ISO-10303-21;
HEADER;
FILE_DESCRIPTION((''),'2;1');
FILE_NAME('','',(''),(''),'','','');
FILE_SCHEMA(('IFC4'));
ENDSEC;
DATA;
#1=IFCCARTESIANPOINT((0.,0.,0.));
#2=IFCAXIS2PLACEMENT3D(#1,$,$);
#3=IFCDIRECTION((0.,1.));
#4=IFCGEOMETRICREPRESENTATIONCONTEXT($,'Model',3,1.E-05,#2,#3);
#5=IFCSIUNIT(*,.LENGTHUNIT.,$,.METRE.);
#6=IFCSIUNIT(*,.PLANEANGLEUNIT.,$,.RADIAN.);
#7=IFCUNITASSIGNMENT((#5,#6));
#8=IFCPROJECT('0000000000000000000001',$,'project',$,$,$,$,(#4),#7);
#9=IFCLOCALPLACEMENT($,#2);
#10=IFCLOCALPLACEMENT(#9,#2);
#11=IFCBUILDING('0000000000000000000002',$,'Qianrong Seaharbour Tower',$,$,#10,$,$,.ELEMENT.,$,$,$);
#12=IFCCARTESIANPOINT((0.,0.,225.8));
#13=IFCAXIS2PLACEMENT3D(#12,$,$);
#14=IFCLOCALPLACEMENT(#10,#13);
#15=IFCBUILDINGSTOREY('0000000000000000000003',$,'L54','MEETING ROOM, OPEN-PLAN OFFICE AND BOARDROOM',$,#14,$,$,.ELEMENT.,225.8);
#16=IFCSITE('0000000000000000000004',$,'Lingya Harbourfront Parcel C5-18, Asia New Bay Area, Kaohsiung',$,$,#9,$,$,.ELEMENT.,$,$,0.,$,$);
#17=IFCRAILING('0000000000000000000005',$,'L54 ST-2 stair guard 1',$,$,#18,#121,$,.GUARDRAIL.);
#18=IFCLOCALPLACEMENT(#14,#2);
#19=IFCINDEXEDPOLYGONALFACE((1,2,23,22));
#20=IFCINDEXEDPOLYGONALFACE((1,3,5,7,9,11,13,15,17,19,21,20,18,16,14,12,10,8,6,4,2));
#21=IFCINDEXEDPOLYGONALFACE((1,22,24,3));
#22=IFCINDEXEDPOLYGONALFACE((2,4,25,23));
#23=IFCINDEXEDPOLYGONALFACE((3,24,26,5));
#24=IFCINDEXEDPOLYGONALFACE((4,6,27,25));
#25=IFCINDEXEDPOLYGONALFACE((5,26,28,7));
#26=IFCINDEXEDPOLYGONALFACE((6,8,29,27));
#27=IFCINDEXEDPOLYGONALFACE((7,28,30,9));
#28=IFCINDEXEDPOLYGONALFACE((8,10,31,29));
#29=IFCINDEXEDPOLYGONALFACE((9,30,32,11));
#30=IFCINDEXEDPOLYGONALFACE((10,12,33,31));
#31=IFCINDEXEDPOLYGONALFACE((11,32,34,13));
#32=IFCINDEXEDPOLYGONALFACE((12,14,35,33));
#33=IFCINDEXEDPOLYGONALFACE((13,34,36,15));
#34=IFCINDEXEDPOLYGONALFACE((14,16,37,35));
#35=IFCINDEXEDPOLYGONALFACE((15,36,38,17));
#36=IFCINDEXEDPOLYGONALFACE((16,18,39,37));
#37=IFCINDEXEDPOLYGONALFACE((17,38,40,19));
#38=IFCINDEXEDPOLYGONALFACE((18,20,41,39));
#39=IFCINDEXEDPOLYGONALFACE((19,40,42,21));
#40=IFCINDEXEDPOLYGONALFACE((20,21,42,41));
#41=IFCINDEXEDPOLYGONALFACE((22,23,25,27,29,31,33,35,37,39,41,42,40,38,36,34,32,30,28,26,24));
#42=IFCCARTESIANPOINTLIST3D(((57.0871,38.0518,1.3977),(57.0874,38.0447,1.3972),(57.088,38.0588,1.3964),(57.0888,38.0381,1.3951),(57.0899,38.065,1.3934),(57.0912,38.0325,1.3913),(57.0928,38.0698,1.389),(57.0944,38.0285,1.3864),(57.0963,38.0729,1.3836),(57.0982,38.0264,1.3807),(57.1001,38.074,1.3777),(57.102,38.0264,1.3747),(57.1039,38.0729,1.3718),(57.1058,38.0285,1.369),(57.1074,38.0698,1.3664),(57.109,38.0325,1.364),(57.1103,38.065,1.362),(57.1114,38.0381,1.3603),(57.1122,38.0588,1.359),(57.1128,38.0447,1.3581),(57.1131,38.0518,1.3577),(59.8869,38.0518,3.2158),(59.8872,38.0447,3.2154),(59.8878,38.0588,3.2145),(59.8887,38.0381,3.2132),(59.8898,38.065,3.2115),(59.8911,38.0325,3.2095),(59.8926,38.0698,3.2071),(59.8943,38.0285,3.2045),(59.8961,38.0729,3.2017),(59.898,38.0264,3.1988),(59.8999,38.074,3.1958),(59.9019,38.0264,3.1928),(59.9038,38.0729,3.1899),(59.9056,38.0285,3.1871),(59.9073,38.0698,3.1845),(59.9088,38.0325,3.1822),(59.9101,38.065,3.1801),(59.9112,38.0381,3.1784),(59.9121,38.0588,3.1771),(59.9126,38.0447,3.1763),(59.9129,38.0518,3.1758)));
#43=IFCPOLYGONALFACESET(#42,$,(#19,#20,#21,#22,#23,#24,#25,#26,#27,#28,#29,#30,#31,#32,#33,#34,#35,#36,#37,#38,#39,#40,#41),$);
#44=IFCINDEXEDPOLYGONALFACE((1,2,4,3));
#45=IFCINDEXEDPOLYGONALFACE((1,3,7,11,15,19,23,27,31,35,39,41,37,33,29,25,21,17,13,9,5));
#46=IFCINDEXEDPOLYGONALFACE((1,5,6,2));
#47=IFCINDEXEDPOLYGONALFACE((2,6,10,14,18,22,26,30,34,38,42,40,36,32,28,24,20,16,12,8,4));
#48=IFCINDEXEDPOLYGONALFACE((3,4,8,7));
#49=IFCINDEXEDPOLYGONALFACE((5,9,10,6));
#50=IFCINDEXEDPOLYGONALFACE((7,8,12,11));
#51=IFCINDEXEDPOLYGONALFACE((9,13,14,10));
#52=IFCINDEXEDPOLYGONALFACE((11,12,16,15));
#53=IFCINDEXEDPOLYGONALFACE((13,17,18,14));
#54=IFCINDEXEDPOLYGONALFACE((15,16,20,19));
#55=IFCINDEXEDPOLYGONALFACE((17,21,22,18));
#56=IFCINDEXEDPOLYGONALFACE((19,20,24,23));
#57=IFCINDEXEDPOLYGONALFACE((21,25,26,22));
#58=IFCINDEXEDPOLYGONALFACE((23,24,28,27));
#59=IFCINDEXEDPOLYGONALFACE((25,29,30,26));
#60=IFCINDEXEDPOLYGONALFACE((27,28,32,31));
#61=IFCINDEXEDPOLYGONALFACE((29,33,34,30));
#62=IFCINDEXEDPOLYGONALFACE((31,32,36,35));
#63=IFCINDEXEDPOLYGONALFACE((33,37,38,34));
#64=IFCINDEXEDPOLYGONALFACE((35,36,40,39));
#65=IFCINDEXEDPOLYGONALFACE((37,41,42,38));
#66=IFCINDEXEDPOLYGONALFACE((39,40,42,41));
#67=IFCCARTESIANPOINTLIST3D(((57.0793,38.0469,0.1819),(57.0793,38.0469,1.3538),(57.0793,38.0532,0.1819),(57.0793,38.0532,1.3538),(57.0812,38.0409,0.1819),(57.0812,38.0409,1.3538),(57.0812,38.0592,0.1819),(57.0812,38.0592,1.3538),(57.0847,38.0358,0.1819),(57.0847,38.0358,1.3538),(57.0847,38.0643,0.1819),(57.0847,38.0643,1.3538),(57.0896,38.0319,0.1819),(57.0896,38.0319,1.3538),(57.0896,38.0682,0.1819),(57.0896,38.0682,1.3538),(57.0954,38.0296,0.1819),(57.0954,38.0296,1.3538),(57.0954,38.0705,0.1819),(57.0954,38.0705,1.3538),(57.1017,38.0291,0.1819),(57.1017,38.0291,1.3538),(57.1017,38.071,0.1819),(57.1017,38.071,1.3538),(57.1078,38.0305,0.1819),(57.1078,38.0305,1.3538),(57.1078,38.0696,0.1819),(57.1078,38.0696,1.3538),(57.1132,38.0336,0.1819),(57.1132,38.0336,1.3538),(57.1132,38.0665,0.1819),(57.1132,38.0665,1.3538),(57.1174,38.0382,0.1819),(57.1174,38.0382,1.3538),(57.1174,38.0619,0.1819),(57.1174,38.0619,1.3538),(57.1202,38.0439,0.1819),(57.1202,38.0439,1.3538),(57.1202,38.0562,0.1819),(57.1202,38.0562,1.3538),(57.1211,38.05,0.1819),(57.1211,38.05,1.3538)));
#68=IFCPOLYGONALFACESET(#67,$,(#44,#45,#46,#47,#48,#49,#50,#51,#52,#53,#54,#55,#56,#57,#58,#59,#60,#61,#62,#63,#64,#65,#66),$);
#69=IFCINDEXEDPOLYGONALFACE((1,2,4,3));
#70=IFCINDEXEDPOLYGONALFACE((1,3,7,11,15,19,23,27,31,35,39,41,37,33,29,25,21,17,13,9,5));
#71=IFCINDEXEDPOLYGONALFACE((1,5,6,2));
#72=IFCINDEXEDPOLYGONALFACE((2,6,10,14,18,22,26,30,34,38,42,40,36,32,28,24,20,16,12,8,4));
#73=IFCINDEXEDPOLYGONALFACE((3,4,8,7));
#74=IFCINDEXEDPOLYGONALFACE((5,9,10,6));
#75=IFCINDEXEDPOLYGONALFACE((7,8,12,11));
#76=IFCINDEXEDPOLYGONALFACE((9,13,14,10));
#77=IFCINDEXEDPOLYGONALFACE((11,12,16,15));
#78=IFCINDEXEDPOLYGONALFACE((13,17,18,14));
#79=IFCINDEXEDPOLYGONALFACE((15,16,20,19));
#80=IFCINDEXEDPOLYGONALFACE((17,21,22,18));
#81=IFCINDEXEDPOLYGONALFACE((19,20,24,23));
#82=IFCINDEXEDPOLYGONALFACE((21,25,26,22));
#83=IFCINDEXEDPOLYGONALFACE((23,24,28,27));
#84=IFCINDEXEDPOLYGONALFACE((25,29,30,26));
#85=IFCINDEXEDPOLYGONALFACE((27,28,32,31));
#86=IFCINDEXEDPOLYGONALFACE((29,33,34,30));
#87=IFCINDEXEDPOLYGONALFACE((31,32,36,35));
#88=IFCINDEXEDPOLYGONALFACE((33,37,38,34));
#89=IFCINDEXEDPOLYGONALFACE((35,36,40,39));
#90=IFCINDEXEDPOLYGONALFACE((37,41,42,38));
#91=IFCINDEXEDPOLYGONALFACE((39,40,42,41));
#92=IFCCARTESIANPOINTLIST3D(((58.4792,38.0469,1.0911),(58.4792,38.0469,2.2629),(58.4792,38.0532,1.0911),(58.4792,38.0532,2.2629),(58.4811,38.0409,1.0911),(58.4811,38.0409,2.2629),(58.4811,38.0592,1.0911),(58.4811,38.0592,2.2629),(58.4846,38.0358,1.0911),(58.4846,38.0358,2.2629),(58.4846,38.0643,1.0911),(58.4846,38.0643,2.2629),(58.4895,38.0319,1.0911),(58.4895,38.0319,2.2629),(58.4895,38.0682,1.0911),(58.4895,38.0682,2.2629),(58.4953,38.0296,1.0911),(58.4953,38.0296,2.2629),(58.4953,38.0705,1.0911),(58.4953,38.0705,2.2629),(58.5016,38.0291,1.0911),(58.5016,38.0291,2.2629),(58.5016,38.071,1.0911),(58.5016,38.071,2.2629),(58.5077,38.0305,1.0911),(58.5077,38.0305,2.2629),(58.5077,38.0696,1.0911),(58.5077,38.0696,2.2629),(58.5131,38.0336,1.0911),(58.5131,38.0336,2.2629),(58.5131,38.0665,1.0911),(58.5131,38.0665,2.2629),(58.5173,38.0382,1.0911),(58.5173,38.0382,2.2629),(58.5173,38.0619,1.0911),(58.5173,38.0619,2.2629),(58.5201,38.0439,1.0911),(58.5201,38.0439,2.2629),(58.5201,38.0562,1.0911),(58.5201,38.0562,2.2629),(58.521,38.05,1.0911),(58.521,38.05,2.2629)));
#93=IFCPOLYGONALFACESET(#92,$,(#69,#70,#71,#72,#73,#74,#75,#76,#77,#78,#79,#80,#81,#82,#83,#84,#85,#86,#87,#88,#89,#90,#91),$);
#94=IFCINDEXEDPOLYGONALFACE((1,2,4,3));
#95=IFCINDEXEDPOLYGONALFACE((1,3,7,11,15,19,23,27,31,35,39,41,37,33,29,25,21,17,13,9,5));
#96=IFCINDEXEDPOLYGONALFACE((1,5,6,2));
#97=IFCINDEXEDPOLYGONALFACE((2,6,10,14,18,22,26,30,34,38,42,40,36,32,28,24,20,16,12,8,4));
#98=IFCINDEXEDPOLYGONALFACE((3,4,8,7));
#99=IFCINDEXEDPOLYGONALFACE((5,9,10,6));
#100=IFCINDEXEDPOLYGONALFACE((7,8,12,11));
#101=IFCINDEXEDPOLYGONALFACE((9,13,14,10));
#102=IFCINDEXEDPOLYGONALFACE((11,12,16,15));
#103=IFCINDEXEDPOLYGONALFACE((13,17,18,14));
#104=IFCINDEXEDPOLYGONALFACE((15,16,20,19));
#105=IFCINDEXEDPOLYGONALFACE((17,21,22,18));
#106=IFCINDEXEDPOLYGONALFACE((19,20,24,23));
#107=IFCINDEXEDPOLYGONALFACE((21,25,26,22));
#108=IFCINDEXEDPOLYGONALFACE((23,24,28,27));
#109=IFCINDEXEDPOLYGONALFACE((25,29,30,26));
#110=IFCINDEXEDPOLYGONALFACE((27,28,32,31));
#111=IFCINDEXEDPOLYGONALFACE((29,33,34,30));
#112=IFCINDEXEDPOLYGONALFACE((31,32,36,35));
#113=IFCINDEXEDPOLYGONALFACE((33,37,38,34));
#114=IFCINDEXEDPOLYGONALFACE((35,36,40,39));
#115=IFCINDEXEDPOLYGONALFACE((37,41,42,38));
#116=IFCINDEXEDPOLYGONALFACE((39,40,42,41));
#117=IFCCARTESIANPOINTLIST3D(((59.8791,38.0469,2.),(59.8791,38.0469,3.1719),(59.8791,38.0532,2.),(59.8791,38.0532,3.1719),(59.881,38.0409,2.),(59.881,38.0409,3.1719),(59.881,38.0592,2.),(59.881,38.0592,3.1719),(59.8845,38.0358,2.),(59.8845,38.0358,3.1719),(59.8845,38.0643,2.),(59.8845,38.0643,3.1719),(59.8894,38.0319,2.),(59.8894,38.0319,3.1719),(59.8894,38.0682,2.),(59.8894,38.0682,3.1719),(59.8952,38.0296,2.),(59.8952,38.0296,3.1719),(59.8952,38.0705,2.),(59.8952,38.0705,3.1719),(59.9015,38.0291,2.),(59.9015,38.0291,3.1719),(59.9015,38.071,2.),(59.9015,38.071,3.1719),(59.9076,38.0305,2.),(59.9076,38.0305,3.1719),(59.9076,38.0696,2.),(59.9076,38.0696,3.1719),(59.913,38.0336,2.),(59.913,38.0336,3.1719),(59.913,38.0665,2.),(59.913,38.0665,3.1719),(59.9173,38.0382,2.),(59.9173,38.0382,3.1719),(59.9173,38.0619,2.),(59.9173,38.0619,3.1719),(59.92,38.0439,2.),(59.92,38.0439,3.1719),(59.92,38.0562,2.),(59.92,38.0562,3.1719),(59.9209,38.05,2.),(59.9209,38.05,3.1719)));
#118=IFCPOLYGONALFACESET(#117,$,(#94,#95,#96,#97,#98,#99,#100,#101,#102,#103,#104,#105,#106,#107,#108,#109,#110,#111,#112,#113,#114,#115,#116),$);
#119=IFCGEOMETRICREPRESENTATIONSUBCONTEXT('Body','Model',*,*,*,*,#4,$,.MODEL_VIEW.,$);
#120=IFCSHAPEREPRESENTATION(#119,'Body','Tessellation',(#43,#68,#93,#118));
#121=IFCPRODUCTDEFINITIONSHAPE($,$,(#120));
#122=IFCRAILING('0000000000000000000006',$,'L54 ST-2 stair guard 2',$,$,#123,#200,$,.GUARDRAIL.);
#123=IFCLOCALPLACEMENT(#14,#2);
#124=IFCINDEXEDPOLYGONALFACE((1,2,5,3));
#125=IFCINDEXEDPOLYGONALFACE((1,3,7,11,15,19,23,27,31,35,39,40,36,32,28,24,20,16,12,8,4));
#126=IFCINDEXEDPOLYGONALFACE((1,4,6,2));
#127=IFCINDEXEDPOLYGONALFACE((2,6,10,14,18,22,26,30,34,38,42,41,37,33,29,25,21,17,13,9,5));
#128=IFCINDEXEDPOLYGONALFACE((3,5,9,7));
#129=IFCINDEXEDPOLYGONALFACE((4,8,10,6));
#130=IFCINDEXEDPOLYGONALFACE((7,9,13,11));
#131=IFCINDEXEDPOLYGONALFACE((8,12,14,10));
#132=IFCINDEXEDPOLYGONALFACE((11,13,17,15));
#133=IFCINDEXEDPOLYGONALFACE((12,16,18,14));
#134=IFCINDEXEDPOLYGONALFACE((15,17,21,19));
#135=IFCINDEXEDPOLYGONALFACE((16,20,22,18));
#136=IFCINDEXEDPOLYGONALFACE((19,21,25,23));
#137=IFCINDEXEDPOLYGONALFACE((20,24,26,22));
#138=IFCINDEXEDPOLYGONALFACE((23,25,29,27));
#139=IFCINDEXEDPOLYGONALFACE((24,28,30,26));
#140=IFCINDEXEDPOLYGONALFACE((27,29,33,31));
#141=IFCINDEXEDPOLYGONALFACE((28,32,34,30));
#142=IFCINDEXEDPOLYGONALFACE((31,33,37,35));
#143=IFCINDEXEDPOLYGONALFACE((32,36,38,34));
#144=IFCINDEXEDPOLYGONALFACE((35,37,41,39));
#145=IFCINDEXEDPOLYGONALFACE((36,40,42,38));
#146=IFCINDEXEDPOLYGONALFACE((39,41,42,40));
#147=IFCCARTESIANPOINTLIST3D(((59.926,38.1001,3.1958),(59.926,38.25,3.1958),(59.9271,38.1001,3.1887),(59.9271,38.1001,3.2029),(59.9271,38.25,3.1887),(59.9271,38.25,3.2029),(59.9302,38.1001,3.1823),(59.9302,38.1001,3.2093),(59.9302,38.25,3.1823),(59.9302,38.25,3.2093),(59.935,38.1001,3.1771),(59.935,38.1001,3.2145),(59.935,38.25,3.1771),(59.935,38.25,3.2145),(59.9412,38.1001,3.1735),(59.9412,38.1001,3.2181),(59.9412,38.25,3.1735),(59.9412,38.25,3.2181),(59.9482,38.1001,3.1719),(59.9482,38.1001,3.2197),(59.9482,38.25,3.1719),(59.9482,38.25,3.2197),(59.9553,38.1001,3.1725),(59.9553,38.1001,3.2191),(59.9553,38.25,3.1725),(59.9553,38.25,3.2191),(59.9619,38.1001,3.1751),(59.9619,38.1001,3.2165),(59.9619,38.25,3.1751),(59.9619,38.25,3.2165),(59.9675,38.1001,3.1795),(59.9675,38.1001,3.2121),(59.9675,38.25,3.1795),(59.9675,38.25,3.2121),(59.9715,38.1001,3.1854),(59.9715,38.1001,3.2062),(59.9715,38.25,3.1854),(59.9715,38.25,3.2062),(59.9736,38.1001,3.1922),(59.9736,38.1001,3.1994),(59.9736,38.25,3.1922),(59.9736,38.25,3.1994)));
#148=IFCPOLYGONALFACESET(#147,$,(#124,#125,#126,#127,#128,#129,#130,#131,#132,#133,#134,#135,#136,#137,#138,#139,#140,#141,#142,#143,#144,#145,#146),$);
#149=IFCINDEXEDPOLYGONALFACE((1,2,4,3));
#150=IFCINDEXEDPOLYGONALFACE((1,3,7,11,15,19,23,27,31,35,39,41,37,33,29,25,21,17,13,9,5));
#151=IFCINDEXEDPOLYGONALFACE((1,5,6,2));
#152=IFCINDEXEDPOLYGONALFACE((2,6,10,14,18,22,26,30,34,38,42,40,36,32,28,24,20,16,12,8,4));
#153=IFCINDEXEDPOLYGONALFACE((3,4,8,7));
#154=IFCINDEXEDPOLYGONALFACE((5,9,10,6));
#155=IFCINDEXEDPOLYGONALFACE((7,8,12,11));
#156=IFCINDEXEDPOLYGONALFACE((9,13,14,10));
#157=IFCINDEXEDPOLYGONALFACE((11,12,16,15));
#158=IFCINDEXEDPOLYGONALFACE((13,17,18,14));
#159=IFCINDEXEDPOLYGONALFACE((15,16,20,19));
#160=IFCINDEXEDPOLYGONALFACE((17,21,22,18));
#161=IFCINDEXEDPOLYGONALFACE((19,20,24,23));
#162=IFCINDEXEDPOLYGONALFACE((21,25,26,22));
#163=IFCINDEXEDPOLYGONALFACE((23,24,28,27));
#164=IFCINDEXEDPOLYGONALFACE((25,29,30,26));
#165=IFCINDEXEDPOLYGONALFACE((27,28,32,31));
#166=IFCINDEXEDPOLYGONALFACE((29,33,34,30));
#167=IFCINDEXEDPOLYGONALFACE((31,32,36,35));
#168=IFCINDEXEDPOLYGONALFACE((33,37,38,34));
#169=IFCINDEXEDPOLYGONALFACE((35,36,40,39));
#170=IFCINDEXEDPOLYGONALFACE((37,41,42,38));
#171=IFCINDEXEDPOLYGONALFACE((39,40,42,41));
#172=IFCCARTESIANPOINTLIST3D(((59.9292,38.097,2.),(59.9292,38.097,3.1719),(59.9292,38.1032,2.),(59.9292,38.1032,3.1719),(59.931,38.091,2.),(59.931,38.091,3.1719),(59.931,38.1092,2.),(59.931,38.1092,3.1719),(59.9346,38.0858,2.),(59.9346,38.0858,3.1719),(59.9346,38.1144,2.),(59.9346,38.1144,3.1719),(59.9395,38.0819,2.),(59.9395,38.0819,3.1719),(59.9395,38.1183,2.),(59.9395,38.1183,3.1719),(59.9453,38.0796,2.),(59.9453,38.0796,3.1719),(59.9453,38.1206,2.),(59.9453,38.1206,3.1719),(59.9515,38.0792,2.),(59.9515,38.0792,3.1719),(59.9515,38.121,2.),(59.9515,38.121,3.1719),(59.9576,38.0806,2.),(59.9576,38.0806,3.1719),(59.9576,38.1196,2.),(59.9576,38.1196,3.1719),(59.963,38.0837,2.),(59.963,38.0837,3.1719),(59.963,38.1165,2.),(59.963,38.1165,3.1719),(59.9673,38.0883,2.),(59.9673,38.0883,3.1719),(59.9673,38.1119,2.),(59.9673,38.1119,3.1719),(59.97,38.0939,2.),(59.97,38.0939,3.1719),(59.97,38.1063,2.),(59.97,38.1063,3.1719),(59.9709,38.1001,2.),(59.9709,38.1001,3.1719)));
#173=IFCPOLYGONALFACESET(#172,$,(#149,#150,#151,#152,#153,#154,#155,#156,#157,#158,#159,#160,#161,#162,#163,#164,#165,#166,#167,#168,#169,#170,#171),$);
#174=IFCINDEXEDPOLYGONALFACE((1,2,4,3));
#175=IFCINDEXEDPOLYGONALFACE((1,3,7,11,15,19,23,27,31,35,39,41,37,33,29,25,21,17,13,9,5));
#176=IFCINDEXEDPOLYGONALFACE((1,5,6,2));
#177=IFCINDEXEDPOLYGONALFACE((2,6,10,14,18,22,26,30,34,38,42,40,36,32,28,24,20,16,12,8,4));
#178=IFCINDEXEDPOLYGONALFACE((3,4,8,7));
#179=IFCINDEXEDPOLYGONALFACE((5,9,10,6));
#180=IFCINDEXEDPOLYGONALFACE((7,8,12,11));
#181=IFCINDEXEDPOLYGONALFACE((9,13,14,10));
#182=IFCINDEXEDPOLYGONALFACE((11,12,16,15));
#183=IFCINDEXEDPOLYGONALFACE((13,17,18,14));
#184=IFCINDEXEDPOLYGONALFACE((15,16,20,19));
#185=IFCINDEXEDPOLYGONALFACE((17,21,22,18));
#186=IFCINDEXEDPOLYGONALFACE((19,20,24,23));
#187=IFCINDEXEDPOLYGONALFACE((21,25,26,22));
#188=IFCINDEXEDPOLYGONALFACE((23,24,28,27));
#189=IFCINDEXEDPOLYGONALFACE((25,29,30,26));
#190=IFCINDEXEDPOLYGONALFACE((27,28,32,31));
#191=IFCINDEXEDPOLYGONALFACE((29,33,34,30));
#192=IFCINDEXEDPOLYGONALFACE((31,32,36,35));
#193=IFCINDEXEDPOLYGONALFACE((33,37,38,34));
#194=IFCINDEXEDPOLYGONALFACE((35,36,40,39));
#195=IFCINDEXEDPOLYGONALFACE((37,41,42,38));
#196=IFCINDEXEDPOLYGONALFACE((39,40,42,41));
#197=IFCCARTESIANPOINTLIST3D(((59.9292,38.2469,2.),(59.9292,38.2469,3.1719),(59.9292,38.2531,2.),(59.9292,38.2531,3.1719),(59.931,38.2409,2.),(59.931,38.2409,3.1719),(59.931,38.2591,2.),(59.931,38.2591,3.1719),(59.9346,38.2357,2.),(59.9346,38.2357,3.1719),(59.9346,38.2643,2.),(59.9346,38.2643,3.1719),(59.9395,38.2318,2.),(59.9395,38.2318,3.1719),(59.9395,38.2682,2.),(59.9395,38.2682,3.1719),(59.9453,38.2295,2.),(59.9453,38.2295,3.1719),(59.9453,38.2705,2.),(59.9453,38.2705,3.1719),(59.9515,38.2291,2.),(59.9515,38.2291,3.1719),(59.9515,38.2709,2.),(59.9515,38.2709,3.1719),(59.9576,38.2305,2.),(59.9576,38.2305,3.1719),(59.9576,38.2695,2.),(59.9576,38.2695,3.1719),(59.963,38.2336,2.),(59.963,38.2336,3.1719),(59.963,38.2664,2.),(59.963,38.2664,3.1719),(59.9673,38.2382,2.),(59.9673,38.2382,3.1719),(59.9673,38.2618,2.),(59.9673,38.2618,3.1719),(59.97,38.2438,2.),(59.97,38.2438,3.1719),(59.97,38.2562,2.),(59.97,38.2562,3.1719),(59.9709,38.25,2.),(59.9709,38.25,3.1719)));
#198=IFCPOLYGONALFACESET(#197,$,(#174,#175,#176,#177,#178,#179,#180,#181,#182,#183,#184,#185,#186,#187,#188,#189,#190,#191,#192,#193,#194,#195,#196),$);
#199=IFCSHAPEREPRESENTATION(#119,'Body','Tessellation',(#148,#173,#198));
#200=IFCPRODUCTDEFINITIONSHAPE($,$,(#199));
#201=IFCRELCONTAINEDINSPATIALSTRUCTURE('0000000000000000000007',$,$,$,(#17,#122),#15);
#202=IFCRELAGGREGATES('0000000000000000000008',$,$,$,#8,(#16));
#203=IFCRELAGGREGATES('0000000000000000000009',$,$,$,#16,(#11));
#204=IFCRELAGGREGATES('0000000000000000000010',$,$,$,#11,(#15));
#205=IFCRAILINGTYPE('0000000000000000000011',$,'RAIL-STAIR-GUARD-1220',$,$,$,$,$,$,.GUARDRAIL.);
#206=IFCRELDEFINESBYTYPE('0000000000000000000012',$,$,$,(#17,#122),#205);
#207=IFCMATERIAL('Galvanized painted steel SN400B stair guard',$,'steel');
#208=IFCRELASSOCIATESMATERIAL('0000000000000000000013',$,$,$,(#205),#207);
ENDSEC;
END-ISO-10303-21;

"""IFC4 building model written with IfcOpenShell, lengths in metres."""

from ifc_helpers import new_model, si_unit, direction, frame, origin, origin_2d, place, context, subcontext, project, spatial, circle, extrude, material, type_object, element, save


model = new_model("IFC4")

# Units and contexts
model_context = context("Model", 3, precision=1e-05, world=origin(), true_north=direction((0.0, 1.0)))
body_context = subcontext(model_context, "Body", "Model", "MODEL_VIEW")
ifc_project = project(units=[si_unit("LENGTHUNIT", "METRE"), si_unit("PLANEANGLEUNIT", "RADIAN")], contexts=[model_context])

# Site, building, storey
site_placement = place(None, origin())
site = spatial("IfcSite", under=ifc_project, at=site_placement, Name="Lingya Harbourfront Parcel C5-18, Asia New Bay Area, Kaohsiung", CompositionType="ELEMENT", RefElevation=0.0)
building_placement = place(site_placement, origin())
building = spatial("IfcBuilding", under=site, at=building_placement, Name="Qianrong Seaharbour Tower", CompositionType="ELEMENT")
storey_placement = place(building_placement, frame((0.0, 0.0, 225.8)))
storey = spatial("IfcBuildingStorey", under=building, at=storey_placement, Name="L54", Description="MEETING ROOM, OPEN-PLAN OFFICE AND BOARDROOM", CompositionType="ELEMENT", Elevation=225.8)

# Railings
ifc_material_1 = material(Name="Galvanized painted steel SN400B stair guard", Category="steel")
railing_type_1 = type_object("IfcRailingType", Name="RAIL-STAIR-GUARD-1220", PredefinedType="GUARDRAIL", material=ifc_material_1)
railing_1_placement = place(storey_placement, frame((57.1001, 38.05, 0.1819)))
element("IfcRailing", 1, at=railing_1_placement, inside=storey, type_object=railing_type_1, Name="L54 ST-2 stair guard 1", PredefinedType="GUARDRAIL", context=body_context, shape_type="SweptSolid", body=[
    extrude(circle(Radius=0.0239, at=origin_2d()), frame((0.0, 0.0, 1.1958), z_axis=(0.838684, 0.0, 0.544618), x_axis=(0.0, 1.0, 0.0)), (0.0, 0.0, 1.0), 3.3384),
    extrude(circle(Radius=0.021, at=origin_2d()), origin(), (0.0, 0.0, 1.0), 1.1719),
    extrude(circle(Radius=0.021, at=origin_2d()), frame((1.3999, 0.0, 0.9092)), (0.0, 0.0, 1.0), 1.1719),
    extrude(circle(Radius=0.021, at=origin_2d()), frame((2.7998, 0.0, 1.8181)), (0.0, 0.0, 1.0), 1.1719),
])
railing_2_placement = place(storey_placement, frame((59.95, 38.1001, 2.0)))
element("IfcRailing", 2, at=railing_2_placement, inside=storey, type_object=railing_type_1, Name="L54 ST-2 stair guard 2", PredefinedType="GUARDRAIL", context=body_context, shape_type="SweptSolid", body=[
    extrude(circle(Radius=0.0239, at=origin_2d()), frame((0.0, 0.0, 1.1958), z_axis=(0.0, 1.0, 0.0), x_axis=(-1.0, 0.0, 0.0)), (0.0, 0.0, 1.0), 0.1499),
    extrude(circle(Radius=0.021, at=origin_2d()), origin(), (0.0, 0.0, 1.0), 1.1719),
    extrude(circle(Radius=0.021, at=origin_2d()), frame((0.0, 0.1499, 0.0)), (0.0, 0.0, 1.0), 1.1719),
])

save(model, "model.ifc")
